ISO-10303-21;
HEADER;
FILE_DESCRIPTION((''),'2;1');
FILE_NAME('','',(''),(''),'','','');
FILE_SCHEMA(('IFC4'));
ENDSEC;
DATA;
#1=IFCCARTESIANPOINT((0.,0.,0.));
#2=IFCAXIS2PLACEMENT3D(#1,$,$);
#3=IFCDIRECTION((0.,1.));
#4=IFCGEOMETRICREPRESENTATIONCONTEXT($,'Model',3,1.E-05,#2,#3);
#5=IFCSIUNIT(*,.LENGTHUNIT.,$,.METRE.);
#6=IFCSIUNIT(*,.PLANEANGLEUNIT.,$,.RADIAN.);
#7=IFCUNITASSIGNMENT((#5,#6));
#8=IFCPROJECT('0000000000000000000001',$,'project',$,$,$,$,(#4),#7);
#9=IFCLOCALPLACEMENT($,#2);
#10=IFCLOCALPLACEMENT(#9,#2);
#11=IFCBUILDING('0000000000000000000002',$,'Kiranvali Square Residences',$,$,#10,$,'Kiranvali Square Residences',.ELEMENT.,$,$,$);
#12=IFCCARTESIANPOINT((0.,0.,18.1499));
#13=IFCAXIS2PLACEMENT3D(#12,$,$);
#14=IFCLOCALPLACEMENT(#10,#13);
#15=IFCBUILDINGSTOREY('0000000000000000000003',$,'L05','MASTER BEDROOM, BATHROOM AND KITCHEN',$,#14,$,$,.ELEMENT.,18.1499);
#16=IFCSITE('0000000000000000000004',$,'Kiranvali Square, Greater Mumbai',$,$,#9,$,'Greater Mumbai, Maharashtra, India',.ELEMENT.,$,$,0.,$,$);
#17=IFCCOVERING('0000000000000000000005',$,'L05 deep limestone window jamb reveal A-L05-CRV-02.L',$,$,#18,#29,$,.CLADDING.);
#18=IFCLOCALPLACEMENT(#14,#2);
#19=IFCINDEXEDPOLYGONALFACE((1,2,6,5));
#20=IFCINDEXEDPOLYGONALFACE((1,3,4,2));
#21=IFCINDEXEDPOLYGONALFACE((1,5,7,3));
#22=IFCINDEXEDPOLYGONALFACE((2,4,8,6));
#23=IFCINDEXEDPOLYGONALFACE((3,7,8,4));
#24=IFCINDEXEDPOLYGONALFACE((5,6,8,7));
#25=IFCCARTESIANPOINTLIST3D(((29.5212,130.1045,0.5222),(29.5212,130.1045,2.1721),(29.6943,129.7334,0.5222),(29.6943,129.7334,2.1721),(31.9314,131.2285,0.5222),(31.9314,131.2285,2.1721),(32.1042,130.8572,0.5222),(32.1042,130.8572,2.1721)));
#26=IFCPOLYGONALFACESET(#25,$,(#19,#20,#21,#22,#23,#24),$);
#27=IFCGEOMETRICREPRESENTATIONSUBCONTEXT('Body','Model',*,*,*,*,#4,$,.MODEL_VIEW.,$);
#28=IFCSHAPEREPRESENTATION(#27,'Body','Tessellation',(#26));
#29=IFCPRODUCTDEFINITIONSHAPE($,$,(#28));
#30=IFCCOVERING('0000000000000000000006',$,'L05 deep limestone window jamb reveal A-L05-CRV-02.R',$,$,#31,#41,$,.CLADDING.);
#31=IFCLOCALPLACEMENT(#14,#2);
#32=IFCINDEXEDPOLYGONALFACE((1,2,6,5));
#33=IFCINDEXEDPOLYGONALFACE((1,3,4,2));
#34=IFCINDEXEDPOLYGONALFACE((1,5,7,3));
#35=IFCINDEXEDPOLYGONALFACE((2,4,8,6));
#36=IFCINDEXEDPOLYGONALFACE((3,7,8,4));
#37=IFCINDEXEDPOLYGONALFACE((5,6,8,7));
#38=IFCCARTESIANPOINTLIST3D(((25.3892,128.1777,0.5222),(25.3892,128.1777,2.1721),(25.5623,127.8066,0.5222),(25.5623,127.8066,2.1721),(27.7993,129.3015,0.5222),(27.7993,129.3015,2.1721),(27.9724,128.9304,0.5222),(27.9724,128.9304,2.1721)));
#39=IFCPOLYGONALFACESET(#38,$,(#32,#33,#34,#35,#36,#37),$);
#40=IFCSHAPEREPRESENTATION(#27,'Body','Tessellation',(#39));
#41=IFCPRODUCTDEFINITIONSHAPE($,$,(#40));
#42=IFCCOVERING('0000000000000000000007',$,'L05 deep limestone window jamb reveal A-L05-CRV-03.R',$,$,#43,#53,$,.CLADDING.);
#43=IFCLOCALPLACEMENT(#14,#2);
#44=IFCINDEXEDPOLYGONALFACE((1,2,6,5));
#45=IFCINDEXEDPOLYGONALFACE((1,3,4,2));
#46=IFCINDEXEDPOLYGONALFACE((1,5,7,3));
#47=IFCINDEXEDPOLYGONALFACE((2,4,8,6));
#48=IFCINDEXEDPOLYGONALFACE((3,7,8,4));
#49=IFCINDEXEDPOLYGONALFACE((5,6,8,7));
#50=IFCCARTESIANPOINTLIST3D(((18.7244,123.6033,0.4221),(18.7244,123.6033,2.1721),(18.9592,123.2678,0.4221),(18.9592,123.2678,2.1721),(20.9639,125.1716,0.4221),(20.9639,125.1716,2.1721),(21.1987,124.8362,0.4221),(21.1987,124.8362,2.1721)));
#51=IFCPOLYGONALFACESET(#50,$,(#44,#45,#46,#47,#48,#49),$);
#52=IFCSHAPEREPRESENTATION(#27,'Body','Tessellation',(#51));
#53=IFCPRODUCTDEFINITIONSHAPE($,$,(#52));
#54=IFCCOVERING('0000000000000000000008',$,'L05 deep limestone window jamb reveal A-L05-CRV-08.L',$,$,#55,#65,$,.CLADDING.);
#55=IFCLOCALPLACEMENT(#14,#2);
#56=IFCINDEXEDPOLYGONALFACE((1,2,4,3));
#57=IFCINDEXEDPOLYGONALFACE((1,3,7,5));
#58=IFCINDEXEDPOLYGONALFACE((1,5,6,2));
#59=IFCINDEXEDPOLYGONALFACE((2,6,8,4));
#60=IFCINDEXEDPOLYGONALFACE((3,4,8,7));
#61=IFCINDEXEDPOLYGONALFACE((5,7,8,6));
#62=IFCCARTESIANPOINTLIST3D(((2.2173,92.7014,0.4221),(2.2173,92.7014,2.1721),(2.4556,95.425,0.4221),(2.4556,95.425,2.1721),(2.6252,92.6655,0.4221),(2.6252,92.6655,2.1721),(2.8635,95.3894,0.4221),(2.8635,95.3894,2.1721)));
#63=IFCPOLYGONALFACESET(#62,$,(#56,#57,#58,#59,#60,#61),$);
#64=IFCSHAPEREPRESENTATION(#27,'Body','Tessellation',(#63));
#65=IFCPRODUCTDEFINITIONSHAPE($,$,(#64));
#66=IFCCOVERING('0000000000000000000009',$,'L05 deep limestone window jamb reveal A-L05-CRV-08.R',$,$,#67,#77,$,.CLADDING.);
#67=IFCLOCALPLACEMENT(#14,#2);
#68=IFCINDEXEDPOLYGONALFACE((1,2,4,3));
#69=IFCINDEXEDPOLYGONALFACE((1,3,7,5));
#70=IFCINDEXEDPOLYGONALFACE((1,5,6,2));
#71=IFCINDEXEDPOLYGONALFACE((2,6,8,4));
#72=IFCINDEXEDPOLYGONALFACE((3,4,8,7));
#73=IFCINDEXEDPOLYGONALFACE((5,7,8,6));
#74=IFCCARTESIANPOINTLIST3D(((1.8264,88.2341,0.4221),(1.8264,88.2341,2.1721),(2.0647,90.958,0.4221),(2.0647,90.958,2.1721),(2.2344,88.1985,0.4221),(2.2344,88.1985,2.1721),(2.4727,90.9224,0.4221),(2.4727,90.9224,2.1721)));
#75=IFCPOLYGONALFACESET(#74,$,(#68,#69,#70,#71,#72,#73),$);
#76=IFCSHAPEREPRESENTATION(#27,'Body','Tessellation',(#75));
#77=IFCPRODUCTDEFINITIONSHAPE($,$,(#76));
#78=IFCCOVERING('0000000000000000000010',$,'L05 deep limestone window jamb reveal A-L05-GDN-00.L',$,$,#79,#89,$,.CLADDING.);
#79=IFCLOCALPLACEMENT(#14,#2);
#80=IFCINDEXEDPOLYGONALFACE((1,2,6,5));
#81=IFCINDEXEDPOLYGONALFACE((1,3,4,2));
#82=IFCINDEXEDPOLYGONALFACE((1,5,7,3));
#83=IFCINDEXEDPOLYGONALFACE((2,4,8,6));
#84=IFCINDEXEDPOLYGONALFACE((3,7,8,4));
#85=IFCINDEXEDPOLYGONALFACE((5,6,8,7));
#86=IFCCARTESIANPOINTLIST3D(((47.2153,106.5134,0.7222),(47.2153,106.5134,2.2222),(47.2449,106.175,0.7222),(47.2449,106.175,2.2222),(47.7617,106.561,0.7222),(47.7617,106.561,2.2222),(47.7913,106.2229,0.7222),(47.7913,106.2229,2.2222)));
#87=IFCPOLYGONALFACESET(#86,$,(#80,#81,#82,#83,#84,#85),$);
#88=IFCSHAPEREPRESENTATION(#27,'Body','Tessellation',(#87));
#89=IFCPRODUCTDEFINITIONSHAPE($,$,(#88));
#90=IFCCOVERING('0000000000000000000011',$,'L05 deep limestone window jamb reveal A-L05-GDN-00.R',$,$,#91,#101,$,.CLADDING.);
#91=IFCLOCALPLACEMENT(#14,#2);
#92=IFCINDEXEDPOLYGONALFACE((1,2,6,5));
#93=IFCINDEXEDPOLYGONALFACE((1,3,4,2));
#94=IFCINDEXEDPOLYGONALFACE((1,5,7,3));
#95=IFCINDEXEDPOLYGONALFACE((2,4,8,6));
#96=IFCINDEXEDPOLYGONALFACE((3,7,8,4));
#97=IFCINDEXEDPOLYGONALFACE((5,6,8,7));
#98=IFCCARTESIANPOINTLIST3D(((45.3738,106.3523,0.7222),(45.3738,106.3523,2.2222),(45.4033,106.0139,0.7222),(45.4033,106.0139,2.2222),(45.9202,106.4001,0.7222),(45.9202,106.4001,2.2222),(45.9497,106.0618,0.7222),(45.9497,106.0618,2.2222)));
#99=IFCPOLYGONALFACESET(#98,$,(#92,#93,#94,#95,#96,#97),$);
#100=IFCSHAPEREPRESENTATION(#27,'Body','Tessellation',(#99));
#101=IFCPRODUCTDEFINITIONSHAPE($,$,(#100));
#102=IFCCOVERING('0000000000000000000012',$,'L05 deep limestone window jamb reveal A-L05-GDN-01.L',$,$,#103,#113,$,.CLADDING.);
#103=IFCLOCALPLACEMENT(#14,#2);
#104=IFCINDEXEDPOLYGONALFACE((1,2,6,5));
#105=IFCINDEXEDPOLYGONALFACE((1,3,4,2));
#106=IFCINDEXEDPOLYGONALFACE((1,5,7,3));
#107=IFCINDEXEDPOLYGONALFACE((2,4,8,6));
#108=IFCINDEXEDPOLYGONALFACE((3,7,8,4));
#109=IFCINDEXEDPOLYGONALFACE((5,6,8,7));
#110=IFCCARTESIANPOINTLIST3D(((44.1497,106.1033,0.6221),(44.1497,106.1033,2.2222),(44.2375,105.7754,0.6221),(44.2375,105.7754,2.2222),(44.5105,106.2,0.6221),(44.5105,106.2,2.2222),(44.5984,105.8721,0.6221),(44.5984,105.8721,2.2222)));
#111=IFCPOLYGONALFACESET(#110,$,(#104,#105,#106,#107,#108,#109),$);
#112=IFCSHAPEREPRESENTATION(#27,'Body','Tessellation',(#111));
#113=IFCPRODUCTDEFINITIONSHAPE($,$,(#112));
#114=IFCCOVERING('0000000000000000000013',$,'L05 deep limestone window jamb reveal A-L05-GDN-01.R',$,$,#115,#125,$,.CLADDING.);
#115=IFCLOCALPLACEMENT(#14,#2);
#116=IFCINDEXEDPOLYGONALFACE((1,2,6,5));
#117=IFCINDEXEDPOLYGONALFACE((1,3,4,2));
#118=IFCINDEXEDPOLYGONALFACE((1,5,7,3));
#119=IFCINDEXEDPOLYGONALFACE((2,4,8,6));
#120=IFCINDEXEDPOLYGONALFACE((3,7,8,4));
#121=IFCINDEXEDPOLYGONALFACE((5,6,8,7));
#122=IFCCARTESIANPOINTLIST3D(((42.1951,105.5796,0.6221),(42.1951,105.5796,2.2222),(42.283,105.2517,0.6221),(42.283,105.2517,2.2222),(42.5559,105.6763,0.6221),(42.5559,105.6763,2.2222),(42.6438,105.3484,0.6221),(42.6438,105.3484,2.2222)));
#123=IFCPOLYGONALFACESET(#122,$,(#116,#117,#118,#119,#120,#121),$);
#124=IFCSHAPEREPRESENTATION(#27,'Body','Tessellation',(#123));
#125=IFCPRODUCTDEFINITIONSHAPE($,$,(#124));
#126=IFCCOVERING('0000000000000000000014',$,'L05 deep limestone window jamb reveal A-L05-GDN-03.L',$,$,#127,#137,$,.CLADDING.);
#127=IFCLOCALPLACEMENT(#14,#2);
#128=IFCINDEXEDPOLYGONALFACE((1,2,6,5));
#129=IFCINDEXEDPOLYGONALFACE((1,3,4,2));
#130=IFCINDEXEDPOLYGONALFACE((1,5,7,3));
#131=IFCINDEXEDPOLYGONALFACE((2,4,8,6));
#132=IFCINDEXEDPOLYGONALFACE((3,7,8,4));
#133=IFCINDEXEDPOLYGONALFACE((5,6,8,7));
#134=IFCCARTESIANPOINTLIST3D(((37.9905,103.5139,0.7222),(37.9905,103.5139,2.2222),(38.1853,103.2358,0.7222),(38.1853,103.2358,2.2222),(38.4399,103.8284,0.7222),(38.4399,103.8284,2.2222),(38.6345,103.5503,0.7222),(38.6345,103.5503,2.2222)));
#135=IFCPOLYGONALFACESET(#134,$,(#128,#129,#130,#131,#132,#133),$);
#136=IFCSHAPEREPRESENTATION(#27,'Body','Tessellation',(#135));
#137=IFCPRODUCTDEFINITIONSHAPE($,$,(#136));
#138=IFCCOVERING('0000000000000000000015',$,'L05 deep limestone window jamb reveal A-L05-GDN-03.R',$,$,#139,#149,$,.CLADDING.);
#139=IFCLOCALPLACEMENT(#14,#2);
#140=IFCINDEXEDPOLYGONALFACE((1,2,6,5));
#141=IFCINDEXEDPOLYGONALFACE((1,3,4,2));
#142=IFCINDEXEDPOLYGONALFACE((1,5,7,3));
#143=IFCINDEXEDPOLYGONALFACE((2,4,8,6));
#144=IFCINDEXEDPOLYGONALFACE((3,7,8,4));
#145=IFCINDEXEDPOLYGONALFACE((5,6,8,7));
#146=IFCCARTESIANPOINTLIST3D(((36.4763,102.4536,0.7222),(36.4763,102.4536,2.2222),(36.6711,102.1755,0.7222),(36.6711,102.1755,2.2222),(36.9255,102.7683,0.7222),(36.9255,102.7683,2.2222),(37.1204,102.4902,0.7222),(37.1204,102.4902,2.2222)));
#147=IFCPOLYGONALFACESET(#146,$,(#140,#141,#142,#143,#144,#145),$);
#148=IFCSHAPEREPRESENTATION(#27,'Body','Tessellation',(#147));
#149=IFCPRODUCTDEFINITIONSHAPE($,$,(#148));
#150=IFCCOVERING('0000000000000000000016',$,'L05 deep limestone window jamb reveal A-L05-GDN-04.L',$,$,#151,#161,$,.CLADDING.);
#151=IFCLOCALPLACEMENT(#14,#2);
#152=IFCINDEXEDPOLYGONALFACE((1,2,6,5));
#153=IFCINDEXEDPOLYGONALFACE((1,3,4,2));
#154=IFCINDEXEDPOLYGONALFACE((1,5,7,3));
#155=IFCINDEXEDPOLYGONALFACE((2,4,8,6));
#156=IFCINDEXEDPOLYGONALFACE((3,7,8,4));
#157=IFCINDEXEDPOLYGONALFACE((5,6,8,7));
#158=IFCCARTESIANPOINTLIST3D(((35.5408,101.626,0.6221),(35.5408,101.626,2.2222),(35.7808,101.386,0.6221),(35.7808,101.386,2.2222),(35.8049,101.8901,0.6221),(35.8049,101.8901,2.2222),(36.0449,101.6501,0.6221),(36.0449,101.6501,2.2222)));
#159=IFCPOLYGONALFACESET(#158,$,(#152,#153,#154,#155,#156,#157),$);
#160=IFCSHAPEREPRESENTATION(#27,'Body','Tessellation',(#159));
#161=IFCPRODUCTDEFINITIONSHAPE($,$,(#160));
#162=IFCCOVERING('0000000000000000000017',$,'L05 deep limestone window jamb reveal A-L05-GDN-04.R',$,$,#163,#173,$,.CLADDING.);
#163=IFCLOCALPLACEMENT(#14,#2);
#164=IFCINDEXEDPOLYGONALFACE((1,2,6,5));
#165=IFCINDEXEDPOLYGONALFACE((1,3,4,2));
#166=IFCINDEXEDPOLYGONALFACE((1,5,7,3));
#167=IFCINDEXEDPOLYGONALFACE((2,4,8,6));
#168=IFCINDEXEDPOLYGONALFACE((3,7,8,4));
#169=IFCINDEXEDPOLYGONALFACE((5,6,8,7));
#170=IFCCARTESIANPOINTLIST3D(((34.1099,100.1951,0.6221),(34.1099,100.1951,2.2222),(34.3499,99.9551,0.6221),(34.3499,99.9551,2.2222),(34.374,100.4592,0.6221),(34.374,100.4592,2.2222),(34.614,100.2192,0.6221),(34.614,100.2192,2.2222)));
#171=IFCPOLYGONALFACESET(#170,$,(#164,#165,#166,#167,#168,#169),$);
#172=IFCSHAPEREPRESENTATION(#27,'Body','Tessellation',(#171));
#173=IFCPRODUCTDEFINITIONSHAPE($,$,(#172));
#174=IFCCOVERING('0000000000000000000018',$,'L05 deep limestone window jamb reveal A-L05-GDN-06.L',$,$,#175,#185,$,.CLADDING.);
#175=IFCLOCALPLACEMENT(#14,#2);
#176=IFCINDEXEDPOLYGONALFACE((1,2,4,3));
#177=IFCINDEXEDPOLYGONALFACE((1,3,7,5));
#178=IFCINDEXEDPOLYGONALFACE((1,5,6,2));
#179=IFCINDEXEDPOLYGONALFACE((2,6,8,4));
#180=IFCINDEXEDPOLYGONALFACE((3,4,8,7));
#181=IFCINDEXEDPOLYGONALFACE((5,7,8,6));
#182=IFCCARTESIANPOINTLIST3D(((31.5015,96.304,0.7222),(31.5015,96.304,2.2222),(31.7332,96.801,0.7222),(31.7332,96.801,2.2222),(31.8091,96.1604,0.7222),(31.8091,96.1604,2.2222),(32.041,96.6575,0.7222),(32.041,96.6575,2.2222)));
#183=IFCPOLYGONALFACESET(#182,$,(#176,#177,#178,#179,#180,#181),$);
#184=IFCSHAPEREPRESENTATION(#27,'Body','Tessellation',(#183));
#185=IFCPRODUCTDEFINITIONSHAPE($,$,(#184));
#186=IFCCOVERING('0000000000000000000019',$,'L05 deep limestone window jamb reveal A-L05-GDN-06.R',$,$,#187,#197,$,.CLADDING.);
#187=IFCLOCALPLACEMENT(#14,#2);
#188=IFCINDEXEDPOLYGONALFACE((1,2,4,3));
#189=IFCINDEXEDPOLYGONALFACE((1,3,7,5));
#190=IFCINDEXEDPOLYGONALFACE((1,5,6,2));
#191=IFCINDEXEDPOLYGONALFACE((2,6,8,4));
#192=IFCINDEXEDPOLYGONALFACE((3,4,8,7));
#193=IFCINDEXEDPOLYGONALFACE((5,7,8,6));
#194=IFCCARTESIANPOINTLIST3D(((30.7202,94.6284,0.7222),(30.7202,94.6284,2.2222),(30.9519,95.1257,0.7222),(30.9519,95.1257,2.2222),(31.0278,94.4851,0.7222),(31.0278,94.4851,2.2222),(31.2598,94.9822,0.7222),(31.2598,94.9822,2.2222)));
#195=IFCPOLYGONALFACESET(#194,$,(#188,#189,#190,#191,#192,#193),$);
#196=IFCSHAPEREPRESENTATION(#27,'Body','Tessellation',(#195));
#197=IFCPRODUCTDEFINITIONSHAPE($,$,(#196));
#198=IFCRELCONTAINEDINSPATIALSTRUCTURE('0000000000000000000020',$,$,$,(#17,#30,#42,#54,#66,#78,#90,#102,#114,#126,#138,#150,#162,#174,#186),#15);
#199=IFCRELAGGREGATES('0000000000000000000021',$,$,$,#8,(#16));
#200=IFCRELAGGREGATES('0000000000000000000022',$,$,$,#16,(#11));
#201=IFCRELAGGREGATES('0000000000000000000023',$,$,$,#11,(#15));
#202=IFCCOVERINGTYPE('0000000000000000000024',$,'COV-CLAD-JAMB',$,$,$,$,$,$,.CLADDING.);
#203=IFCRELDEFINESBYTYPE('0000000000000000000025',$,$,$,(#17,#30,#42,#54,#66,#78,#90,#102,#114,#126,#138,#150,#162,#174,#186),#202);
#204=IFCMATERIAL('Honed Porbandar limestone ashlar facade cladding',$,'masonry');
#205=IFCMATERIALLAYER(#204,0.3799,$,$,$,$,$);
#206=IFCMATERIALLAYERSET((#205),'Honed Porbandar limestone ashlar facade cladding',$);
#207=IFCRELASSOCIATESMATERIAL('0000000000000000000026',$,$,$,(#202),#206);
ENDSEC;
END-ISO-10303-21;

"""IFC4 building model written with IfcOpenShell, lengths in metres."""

from ifc_helpers import new_model, si_unit, direction, frame, origin, place, context, subcontext, project, spatial, polyline, outline, extrude, material, layer, layer_set, type_object, element, save


model = new_model("IFC4")

# Units and contexts
model_context = context("Model", 3, precision=1e-05, world=origin(), true_north=direction((0.0, 1.0)))
body_context = subcontext(model_context, "Body", "Model", "MODEL_VIEW")
ifc_project = project(units=[si_unit("LENGTHUNIT", "METRE"), si_unit("PLANEANGLEUNIT", "RADIAN")], contexts=[model_context])

# Site, building, storey
site_placement = place(None, origin())
site = spatial("IfcSite", under=ifc_project, at=site_placement, Name="Kiranvali Square, Greater Mumbai", LongName="Greater Mumbai, Maharashtra, India", CompositionType="ELEMENT", RefElevation=0.0)
building_placement = place(site_placement, origin())
building = spatial("IfcBuilding", under=site, at=building_placement, Name="Kiranvali Square Residences", LongName="Kiranvali Square Residences", CompositionType="ELEMENT")
storey_placement = place(building_placement, frame((0.0, 0.0, 18.1499)))
storey = spatial("IfcBuildingStorey", under=building, at=storey_placement, Name="L05", Description="MASTER BEDROOM, BATHROOM AND KITCHEN", CompositionType="ELEMENT", Elevation=18.1499)

# Coverings
ifc_material = material(Name="Honed Porbandar limestone ashlar facade cladding", Category="masonry")
ifc_layer = layer(ifc_material, 0.3799)
ifc_layer_set = layer_set([ifc_layer], Name="Honed Porbandar limestone ashlar facade cladding")
covering_type = type_object("IfcCoveringType", Name="COV-CLAD-JAMB", PredefinedType="CLADDING", material=ifc_layer_set)
covering_1_placement = place(storey_placement, frame((0.0, 0.0, 0.5222)))
element("IfcCovering", 1, at=covering_1_placement, inside=storey, type_object=covering_type, Name="L05 deep limestone window jamb reveal A-L05-CRV-02.L", PredefinedType="CLADDING", context=body_context, shape_type="SweptSolid", body=[
    extrude(outline(polyline([(31.9314, 131.2285), (29.5212, 130.1045), (29.6943, 129.7334), (32.1042, 130.8572), (31.9314, 131.2285)])), origin(), (0.0, 0.0, 1.0), 1.6499),
])
covering_2_placement = place(storey_placement, frame((0.0, 0.0, 0.5222)))
element("IfcCovering", 2, at=covering_2_placement, inside=storey, type_object=covering_type, Name="L05 deep limestone window jamb reveal A-L05-CRV-02.R", PredefinedType="CLADDING", context=body_context, shape_type="SweptSolid", body=[
    extrude(outline(polyline([(27.7993, 129.3015), (25.3892, 128.1777), (25.5623, 127.8066), (27.9724, 128.9304), (27.7993, 129.3015)])), origin(), (0.0, 0.0, 1.0), 1.6499),
])
covering_3_placement = place(storey_placement, frame((0.0, 0.0, 0.4221)))
element("IfcCovering", 3, at=covering_3_placement, inside=storey, type_object=covering_type, Name="L05 deep limestone window jamb reveal A-L05-CRV-03.R", PredefinedType="CLADDING", context=body_context, shape_type="SweptSolid", body=[
    extrude(outline(polyline([(20.9639, 125.1716), (18.7244, 123.6033), (18.9592, 123.2678), (21.1987, 124.8362), (20.9639, 125.1716)])), origin(), (0.0, 0.0, 1.0), 1.75),
])
covering_4_placement = place(storey_placement, frame((0.0, 0.0, 0.4221)))
element("IfcCovering", 4, at=covering_4_placement, inside=storey, type_object=covering_type, Name="L05 deep limestone window jamb reveal A-L05-CRV-08.L", PredefinedType="CLADDING", context=body_context, shape_type="SweptSolid", body=[
    extrude(outline(polyline([(2.4556, 95.425), (2.2173, 92.7014), (2.6252, 92.6655), (2.8635, 95.3894), (2.4556, 95.425)])), origin(), (0.0, 0.0, 1.0), 1.75),
])
covering_5_placement = place(storey_placement, frame((0.0, 0.0, 0.4221)))
element("IfcCovering", 5, at=covering_5_placement, inside=storey, type_object=covering_type, Name="L05 deep limestone window jamb reveal A-L05-CRV-08.R", PredefinedType="CLADDING", context=body_context, shape_type="SweptSolid", body=[
    extrude(outline(polyline([(2.0647, 90.958), (1.8264, 88.2341), (2.2344, 88.1985), (2.4727, 90.9224), (2.0647, 90.958)])), origin(), (0.0, 0.0, 1.0), 1.75),
])
covering_6_placement = place(storey_placement, frame((0.0, 0.0, 0.7222)))
element("IfcCovering", 6, at=covering_6_placement, inside=storey, type_object=covering_type, Name="L05 deep limestone window jamb reveal A-L05-GDN-00.L", PredefinedType="CLADDING", context=body_context, shape_type="SweptSolid", body=[
    extrude(outline(polyline([(47.7617, 106.561), (47.2153, 106.5134), (47.2449, 106.175), (47.7913, 106.2229), (47.7617, 106.561)])), origin(), (0.0, 0.0, 1.0), 1.5),
])
covering_7_placement = place(storey_placement, frame((0.0, 0.0, 0.7222)))
element("IfcCovering", 7, at=covering_7_placement, inside=storey, type_object=covering_type, Name="L05 deep limestone window jamb reveal A-L05-GDN-00.R", PredefinedType="CLADDING", context=body_context, shape_type="SweptSolid", body=[
    extrude(outline(polyline([(45.9202, 106.4001), (45.3738, 106.3523), (45.4033, 106.0139), (45.9497, 106.0618), (45.9202, 106.4001)])), origin(), (0.0, 0.0, 1.0), 1.5),
])
covering_8_placement = place(storey_placement, frame((0.0, 0.0, 0.6221)))
element("IfcCovering", 8, at=covering_8_placement, inside=storey, type_object=covering_type, Name="L05 deep limestone window jamb reveal A-L05-GDN-01.L", PredefinedType="CLADDING", context=body_context, shape_type="SweptSolid", body=[
    extrude(outline(polyline([(44.5105, 106.2), (44.1497, 106.1033), (44.2375, 105.7754), (44.5984, 105.8721), (44.5105, 106.2)])), origin(), (0.0, 0.0, 1.0), 1.6001),
])
covering_9_placement = place(storey_placement, frame((0.0, 0.0, 0.6221)))
element("IfcCovering", 9, at=covering_9_placement, inside=storey, type_object=covering_type, Name="L05 deep limestone window jamb reveal A-L05-GDN-01.R", PredefinedType="CLADDING", context=body_context, shape_type="SweptSolid", body=[
    extrude(outline(polyline([(42.5559, 105.6763), (42.1951, 105.5796), (42.283, 105.2517), (42.6438, 105.3484), (42.5559, 105.6763)])), origin(), (0.0, 0.0, 1.0), 1.6001),
])
covering_10_placement = place(storey_placement, frame((0.0, 0.0, 0.7222)))
element("IfcCovering", 10, at=covering_10_placement, inside=storey, type_object=covering_type, Name="L05 deep limestone window jamb reveal A-L05-GDN-03.L", PredefinedType="CLADDING", context=body_context, shape_type="SweptSolid", body=[
    extrude(outline(polyline([(38.4399, 103.8284), (37.9905, 103.5139), (38.1853, 103.2358), (38.6345, 103.5503), (38.4399, 103.8284)])), origin(), (0.0, 0.0, 1.0), 1.5),
])
covering_11_placement = place(storey_placement, frame((0.0, 0.0, 0.7222)))
element("IfcCovering", 11, at=covering_11_placement, inside=storey, type_object=covering_type, Name="L05 deep limestone window jamb reveal A-L05-GDN-03.R", PredefinedType="CLADDING", context=body_context, shape_type="SweptSolid", body=[
    extrude(outline(polyline([(36.9255, 102.7683), (36.4763, 102.4536), (36.6711, 102.1755), (37.1204, 102.4902), (36.9255, 102.7683)])), origin(), (0.0, 0.0, 1.0), 1.5),
])
covering_12_placement = place(storey_placement, frame((0.0, 0.0, 0.6221)))
element("IfcCovering", 12, at=covering_12_placement, inside=storey, type_object=covering_type, Name="L05 deep limestone window jamb reveal A-L05-GDN-04.L", PredefinedType="CLADDING", context=body_context, shape_type="SweptSolid", body=[
    extrude(outline(polyline([(35.8049, 101.8901), (35.5408, 101.626), (35.7808, 101.386), (36.0449, 101.6501), (35.8049, 101.8901)])), origin(), (0.0, 0.0, 1.0), 1.6001),
])
covering_13_placement = place(storey_placement, frame((0.0, 0.0, 0.6221)))
element("IfcCovering", 13, at=covering_13_placement, inside=storey, type_object=covering_type, Name="L05 deep limestone window jamb reveal A-L05-GDN-04.R", PredefinedType="CLADDING", context=body_context, shape_type="SweptSolid", body=[
    extrude(outline(polyline([(34.374, 100.4592), (34.1099, 100.1951), (34.3499, 99.9551), (34.614, 100.2192), (34.374, 100.4592)])), origin(), (0.0, 0.0, 1.0), 1.6001),
])
covering_14_placement = place(storey_placement, frame((0.0, 0.0, 0.7222)))
element("IfcCovering", 14, at=covering_14_placement, inside=storey, type_object=covering_type, Name="L05 deep limestone window jamb reveal A-L05-GDN-06.L", PredefinedType="CLADDING", context=body_context, shape_type="SweptSolid", body=[
    extrude(outline(polyline([(31.7332, 96.801), (31.5015, 96.304), (31.8091, 96.1604), (32.041, 96.6575), (31.7332, 96.801)])), origin(), (0.0, 0.0, 1.0), 1.5),
])
covering_15_placement = place(storey_placement, frame((0.0, 0.0, 0.7222)))
element("IfcCovering", 15, at=covering_15_placement, inside=storey, type_object=covering_type, Name="L05 deep limestone window jamb reveal A-L05-GDN-06.R", PredefinedType="CLADDING", context=body_context, shape_type="SweptSolid", body=[
    extrude(outline(polyline([(30.9519, 95.1257), (30.7202, 94.6284), (31.0278, 94.4851), (31.2598, 94.9822), (30.9519, 95.1257)])), origin(), (0.0, 0.0, 1.0), 1.5),
])

save(model, "model.ifc")
